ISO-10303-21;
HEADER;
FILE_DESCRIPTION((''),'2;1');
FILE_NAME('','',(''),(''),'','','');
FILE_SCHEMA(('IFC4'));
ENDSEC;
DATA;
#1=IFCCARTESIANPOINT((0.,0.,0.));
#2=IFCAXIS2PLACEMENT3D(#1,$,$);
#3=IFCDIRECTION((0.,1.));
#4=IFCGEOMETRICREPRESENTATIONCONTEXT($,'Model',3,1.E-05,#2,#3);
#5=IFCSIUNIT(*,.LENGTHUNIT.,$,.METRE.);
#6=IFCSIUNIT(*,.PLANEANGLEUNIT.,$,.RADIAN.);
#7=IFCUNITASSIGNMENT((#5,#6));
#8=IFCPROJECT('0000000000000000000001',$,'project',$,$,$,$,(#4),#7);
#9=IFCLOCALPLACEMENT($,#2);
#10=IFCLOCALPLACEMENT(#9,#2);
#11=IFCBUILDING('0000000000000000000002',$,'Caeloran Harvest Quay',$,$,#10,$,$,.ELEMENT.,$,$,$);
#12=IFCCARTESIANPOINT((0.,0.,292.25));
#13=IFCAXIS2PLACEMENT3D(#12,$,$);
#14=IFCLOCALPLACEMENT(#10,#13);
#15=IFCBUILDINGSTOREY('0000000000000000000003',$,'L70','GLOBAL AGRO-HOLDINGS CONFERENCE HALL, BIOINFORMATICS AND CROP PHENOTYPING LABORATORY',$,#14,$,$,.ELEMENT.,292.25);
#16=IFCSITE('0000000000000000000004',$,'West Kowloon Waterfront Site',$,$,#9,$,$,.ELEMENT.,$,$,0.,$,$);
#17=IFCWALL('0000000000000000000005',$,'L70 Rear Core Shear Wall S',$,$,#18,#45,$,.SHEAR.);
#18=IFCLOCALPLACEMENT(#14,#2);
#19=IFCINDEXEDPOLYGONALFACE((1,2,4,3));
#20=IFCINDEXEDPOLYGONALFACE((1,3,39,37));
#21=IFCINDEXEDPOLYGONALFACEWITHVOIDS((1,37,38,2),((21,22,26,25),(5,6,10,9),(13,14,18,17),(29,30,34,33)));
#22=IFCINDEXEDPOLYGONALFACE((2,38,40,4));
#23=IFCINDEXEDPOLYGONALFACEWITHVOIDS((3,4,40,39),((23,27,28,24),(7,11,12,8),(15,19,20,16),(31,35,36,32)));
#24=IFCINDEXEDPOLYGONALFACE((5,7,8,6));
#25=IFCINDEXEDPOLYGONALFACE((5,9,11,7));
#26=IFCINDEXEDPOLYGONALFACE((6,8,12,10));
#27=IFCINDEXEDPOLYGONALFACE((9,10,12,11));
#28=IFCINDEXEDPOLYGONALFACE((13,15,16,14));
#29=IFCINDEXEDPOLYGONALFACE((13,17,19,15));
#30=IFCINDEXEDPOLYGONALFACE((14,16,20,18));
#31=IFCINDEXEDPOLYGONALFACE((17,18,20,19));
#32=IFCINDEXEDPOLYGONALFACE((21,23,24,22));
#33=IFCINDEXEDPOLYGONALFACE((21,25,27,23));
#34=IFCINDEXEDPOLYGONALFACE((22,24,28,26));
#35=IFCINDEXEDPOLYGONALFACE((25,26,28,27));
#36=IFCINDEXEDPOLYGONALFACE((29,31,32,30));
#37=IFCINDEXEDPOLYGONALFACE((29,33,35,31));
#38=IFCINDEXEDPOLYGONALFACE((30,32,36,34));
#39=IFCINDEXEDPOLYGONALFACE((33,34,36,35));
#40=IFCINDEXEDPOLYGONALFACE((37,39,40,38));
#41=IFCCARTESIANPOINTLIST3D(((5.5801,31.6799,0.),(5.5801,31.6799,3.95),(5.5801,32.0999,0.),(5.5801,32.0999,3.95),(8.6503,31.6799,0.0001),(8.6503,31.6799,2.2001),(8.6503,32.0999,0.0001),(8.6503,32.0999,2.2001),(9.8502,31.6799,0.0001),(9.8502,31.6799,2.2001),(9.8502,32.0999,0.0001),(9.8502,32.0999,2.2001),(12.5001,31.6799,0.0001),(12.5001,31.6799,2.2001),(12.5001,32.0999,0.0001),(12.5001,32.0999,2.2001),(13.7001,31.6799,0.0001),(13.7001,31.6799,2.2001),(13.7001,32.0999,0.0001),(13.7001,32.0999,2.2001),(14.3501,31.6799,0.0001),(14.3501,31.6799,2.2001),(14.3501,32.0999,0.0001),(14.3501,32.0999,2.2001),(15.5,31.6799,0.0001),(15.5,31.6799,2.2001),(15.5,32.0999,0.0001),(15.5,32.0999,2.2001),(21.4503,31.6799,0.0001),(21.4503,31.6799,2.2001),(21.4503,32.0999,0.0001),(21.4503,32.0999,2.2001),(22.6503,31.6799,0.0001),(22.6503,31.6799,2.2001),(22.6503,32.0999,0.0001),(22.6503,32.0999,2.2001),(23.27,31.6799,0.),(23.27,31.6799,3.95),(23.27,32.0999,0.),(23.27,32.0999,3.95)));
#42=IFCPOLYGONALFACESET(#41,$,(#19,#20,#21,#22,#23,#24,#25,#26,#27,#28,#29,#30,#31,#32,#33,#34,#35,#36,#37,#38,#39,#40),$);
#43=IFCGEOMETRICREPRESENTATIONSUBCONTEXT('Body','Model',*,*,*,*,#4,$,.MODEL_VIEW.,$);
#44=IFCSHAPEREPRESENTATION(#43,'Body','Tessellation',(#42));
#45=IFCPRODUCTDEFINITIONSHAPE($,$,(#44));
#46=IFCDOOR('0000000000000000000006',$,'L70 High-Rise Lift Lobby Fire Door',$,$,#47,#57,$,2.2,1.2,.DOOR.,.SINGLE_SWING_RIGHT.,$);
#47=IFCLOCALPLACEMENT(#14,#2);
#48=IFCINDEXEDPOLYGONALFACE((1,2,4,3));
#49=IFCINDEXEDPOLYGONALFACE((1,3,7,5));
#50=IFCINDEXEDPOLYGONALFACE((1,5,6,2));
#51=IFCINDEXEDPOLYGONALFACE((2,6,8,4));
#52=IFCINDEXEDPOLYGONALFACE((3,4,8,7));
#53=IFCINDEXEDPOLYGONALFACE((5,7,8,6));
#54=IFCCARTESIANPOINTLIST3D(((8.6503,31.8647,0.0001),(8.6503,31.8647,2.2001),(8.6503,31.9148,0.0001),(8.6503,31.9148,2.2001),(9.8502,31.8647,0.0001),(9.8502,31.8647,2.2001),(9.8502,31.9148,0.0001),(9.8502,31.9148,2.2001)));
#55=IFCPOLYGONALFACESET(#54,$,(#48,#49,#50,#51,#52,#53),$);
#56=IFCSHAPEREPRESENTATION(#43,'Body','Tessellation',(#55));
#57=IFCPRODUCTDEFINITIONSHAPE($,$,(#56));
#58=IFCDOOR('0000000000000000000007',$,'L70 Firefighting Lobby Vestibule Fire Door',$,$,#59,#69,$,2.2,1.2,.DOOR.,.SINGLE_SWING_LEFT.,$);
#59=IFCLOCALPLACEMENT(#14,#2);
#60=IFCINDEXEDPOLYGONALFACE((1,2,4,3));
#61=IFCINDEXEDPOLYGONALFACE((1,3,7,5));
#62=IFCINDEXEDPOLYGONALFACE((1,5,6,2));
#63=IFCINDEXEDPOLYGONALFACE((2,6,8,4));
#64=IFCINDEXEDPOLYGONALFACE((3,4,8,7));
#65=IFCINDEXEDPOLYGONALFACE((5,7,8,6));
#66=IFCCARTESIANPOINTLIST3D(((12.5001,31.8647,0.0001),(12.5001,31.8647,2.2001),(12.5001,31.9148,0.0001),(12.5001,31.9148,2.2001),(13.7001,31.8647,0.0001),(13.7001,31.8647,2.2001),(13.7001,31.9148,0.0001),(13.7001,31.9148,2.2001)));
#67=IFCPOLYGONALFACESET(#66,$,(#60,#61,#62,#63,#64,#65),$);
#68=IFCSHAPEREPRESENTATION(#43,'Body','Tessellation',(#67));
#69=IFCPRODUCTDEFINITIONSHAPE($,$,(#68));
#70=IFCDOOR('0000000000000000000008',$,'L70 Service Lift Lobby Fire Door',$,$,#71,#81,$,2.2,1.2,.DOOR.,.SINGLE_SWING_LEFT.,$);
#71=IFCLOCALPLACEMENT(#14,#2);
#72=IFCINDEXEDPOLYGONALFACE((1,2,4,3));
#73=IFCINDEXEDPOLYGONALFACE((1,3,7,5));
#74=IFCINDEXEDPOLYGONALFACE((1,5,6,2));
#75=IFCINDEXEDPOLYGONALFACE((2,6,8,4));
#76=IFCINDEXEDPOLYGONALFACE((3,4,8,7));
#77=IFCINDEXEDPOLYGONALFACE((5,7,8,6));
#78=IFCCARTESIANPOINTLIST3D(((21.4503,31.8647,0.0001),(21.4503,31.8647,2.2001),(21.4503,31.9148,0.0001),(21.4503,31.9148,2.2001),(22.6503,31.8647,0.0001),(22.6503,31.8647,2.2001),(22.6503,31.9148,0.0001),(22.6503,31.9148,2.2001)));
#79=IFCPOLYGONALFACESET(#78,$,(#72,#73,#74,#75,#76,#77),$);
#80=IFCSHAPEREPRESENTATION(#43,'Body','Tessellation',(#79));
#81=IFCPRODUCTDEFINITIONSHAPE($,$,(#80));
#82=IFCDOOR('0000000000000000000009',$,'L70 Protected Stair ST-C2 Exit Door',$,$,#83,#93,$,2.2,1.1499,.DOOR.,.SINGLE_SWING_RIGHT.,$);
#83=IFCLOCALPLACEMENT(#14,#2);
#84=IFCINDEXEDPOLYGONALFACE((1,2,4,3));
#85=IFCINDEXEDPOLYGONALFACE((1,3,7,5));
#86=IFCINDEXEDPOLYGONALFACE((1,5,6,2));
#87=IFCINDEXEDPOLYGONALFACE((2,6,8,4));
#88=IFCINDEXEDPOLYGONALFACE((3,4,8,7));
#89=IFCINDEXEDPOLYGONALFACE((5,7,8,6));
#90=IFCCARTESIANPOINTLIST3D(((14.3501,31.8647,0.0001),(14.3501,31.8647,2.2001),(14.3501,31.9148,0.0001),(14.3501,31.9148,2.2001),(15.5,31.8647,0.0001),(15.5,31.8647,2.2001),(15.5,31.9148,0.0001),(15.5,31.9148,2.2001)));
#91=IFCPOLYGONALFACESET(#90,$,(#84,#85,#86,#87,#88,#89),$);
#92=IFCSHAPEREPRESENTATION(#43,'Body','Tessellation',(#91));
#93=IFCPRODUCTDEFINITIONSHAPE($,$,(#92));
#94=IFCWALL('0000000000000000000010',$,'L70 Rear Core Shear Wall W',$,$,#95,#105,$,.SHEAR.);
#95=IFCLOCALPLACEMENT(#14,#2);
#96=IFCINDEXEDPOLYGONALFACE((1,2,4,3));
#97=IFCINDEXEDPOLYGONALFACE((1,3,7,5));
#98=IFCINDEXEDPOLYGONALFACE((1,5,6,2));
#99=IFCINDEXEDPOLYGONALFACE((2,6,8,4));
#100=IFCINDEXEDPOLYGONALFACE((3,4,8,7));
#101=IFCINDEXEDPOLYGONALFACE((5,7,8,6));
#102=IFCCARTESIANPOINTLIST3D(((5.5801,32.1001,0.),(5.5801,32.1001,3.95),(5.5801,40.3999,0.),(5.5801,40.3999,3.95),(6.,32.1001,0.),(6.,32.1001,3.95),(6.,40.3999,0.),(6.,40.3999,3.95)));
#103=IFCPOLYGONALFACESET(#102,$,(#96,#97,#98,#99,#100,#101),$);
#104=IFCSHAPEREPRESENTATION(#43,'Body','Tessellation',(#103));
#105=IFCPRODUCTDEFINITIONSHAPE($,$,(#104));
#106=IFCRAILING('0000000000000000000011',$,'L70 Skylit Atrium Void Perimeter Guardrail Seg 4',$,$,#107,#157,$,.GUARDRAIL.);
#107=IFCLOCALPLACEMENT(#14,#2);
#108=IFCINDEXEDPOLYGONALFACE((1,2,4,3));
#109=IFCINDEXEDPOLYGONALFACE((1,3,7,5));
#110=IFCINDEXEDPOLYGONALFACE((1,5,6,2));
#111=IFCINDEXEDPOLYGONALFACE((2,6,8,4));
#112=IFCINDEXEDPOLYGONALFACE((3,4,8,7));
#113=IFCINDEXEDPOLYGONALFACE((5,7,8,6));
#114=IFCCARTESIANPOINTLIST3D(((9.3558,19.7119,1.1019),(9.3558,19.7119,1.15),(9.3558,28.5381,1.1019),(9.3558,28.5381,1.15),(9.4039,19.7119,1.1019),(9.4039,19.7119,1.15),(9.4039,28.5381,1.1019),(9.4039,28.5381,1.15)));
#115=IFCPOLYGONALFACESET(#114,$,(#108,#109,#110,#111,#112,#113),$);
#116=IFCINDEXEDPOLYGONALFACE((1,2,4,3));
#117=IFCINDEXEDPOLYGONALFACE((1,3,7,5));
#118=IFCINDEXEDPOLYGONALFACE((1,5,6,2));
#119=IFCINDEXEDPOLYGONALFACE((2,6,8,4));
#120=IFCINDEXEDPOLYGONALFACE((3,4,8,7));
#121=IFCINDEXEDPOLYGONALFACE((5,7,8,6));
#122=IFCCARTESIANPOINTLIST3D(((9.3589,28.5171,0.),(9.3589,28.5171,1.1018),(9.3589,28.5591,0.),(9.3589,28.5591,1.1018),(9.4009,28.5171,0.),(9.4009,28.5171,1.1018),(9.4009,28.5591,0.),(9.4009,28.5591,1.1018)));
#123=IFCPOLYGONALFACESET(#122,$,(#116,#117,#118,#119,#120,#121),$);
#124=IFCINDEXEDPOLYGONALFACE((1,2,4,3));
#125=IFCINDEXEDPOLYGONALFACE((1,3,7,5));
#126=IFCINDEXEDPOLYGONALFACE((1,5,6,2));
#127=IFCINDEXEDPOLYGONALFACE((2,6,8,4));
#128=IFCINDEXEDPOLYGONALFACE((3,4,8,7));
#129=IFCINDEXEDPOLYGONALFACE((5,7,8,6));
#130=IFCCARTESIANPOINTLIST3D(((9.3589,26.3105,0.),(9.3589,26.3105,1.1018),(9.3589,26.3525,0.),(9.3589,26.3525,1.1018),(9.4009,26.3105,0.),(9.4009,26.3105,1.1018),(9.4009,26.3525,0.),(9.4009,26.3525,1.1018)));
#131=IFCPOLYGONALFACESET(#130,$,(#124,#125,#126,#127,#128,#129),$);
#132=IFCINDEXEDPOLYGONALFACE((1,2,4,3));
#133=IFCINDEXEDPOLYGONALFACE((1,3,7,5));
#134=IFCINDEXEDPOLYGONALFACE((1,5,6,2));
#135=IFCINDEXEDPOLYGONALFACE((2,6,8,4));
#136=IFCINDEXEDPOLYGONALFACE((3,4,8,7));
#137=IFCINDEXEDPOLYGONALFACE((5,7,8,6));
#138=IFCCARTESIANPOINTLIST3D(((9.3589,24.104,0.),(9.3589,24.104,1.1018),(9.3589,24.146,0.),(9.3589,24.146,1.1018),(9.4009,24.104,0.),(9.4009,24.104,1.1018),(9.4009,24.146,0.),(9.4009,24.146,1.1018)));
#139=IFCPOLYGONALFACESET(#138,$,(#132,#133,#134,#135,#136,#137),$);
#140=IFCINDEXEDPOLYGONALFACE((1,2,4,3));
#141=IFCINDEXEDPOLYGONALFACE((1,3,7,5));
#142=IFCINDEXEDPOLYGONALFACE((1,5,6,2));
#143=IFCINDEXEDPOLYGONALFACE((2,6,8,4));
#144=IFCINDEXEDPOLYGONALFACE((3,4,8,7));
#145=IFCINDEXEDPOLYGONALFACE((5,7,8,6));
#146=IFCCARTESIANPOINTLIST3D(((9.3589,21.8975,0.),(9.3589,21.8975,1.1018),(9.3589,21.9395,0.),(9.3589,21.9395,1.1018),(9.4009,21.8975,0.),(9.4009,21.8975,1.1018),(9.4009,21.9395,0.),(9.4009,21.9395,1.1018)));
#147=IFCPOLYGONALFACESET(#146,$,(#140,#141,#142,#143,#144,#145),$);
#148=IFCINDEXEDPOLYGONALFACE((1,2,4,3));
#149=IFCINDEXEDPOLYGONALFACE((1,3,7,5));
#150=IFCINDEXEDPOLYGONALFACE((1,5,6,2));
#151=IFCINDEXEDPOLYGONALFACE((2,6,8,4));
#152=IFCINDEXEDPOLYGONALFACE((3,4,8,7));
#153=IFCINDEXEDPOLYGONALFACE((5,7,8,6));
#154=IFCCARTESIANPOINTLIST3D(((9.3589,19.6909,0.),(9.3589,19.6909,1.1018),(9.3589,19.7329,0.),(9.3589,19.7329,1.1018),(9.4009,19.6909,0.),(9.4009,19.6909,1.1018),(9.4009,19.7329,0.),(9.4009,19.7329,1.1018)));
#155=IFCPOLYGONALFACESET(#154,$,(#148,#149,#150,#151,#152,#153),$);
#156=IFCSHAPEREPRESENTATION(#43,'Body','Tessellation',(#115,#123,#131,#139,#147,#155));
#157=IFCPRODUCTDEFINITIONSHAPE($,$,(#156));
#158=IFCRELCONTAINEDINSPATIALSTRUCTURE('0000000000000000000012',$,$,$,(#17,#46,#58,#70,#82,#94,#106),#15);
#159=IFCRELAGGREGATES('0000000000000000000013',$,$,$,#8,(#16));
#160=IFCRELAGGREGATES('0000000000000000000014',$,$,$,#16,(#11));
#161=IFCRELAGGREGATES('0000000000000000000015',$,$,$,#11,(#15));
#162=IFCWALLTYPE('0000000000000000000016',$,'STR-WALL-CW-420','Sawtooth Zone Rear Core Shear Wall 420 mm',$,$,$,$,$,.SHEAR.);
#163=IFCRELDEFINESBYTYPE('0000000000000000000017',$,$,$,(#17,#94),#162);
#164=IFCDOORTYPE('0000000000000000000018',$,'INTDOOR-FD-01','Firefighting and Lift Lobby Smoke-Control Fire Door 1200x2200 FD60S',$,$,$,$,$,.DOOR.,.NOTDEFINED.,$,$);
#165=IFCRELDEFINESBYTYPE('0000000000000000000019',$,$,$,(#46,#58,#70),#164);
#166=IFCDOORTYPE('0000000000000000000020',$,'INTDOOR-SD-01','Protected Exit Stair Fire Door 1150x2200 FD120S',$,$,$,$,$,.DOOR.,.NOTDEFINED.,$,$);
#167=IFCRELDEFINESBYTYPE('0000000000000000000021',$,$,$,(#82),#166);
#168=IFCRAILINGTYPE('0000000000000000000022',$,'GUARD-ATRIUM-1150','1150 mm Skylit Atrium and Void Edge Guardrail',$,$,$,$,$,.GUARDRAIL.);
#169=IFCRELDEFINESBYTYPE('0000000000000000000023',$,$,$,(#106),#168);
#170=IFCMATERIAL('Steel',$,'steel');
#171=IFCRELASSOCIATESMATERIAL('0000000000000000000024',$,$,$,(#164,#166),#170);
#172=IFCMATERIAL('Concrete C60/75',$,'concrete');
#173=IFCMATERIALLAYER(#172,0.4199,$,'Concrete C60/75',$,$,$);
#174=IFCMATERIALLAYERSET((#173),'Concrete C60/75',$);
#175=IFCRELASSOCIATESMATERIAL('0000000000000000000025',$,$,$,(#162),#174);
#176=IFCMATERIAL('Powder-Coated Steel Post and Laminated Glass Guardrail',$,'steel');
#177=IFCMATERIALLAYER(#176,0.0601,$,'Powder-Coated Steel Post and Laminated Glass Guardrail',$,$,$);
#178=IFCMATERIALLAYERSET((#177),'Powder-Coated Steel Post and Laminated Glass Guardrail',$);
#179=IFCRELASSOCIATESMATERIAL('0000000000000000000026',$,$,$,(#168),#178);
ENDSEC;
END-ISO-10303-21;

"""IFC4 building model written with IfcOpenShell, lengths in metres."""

from ifc_helpers import new_model, si_unit, direction, frame, frame_2d, origin, origin_2d, place, context, subcontext, project, spatial, rectangle, extrude, material, layer, layer_set, type_object, element, fill, save


model = new_model("IFC4")

# Units and contexts
model_context = context("Model", 3, precision=1e-05, world=origin(), true_north=direction((0.0, 1.0)))
body_context = subcontext(model_context, "Body", "Model", "MODEL_VIEW")
ifc_project = project(units=[si_unit("LENGTHUNIT", "METRE"), si_unit("PLANEANGLEUNIT", "RADIAN")], contexts=[model_context])

# Site, building, storey
site_placement = place(None, origin())
site = spatial("IfcSite", under=ifc_project, at=site_placement, Name="West Kowloon Waterfront Site", CompositionType="ELEMENT", RefElevation=0.0)
building_placement = place(site_placement, origin())
building = spatial("IfcBuilding", under=site, at=building_placement, Name="Caeloran Harvest Quay", CompositionType="ELEMENT")
storey_placement = place(building_placement, frame((0.0, 0.0, 292.25)))
storey = spatial("IfcBuildingStorey", under=building, at=storey_placement, Name="L70", Description="GLOBAL AGRO-HOLDINGS CONFERENCE HALL, BIOINFORMATICS AND CROP PHENOTYPING LABORATORY", CompositionType="ELEMENT", Elevation=292.25)

# Shared definitions
ifc_material_1 = material(Name="Concrete C60/75", Category="concrete")

# Shared definitions
ifc_material_2 = material(Name="Steel", Category="steel")
door_type_1 = type_object("IfcDoorType", Name="INTDOOR-FD-01", Description="Firefighting and Lift Lobby Smoke-Control Fire Door 1200x2200 FD60S", OperationType="NOTDEFINED", PredefinedType="DOOR", material=ifc_material_2)

# Wall, openings, doors
ifc_layer_1 = layer(ifc_material_1, 0.4199, Name="Concrete C60/75")
ifc_layer_set_1 = layer_set([ifc_layer_1], Name="Concrete C60/75")
wall_type_1 = type_object("IfcWallType", Name="STR-WALL-CW-420", Description="Sawtooth Zone Rear Core Shear Wall 420 mm", PredefinedType="SHEAR", material=ifc_layer_set_1)
wall_1_placement = place(storey_placement, frame((5.5801, 31.8899, 0.0), z_axis=(0.0, 0.0, 1.0), x_axis=(1.0, 0.0, 0.0)))
wall_1 = element("IfcWall", 1, at=wall_1_placement, inside=storey, type_object=wall_type_1, Name="L70 Rear Core Shear Wall S", PredefinedType="SHEAR", context=body_context, shape_type="SweptSolid", body=[
    extrude(rectangle(XDim=17.6899, YDim=0.4199, at=frame_2d((8.845, 0.0))), origin(), (0.0, 0.0, 1.0), 3.95),
])
opening_1_placement = place(wall_1_placement, frame((3.0701, 0.0, 0.0)))
opening_1 = element("IfcOpeningElement", 2, at=opening_1_placement, cuts=wall_1, PredefinedType="OPENING", context=body_context, shape_type="SweptSolid", body=[
    extrude(rectangle(XDim=1.2, YDim=2.2, at=frame_2d((0.6001, 1.1001))), frame((0.0, 0.22, 0.0), z_axis=(0.0, -1.0, 0.0), x_axis=(1.0, 0.0, 0.0)), (0.0, 0.0, 1.0), 0.4399),
])
opening_2_placement = place(wall_1_placement, frame((6.9199, 0.0, 0.0)))
opening_2 = element("IfcOpeningElement", 3, at=opening_2_placement, cuts=wall_1, PredefinedType="OPENING", context=body_context, shape_type="SweptSolid", body=[
    extrude(rectangle(XDim=1.2, YDim=2.2, at=frame_2d((0.6001, 1.1001))), frame((0.0, 0.22, 0.0), z_axis=(0.0, -1.0, 0.0), x_axis=(1.0, 0.0, 0.0)), (0.0, 0.0, 1.0), 0.4399),
])
opening_3_placement = place(wall_1_placement, frame((8.77, 0.0, 0.0)))
opening_3 = element("IfcOpeningElement", 4, at=opening_3_placement, cuts=wall_1, PredefinedType="OPENING", context=body_context, shape_type="SweptSolid", body=[
    extrude(rectangle(XDim=1.1499, YDim=2.2, at=frame_2d((0.575, 1.1001))), frame((0.0, 0.22, 0.0), z_axis=(0.0, -1.0, 0.0), x_axis=(1.0, 0.0, 0.0)), (0.0, 0.0, 1.0), 0.4399),
])
opening_4_placement = place(wall_1_placement, frame((15.8701, 0.0, 0.0)))
opening_4 = element("IfcOpeningElement", 5, at=opening_4_placement, cuts=wall_1, PredefinedType="OPENING", context=body_context, shape_type="SweptSolid", body=[
    extrude(rectangle(XDim=1.2, YDim=2.2, at=frame_2d((0.6001, 1.1001))), frame((0.0, 0.22, 0.0), z_axis=(0.0, -1.0, 0.0), x_axis=(1.0, 0.0, 0.0)), (0.0, 0.0, 1.0), 0.4399),
])
door_1_placement = place(opening_1_placement, origin())
door_1 = element("IfcDoor", 6, at=door_1_placement, inside=storey, type_object=door_type_1, Name="L70 High-Rise Lift Lobby Fire Door", OperationType="SINGLE_SWING_RIGHT", OverallHeight=2.2, OverallWidth=1.2, PredefinedType="DOOR", context=body_context, shape_type="SweptSolid", body=[
    extrude(rectangle(XDim=1.2, YDim=2.2, at=frame_2d((0.6001, 1.1001))), frame((0.0, 0.0249, 0.0), z_axis=(0.0, -1.0, 0.0), x_axis=(1.0, 0.0, 0.0)), (0.0, 0.0, 1.0), 0.05),
])
fill(opening_1, door_1)
door_2_placement = place(opening_2_placement, origin())
door_2 = element("IfcDoor", 7, at=door_2_placement, inside=storey, type_object=door_type_1, Name="L70 Firefighting Lobby Vestibule Fire Door", OperationType="SINGLE_SWING_LEFT", OverallHeight=2.2, OverallWidth=1.2, PredefinedType="DOOR", context=body_context, shape_type="SweptSolid", body=[
    extrude(rectangle(XDim=1.2, YDim=2.2, at=frame_2d((0.6001, 1.1001))), frame((0.0, 0.0249, 0.0), z_axis=(0.0, -1.0, 0.0), x_axis=(1.0, 0.0, 0.0)), (0.0, 0.0, 1.0), 0.05),
])
fill(opening_2, door_2)
door_3_placement = place(opening_4_placement, origin())
door_3 = element("IfcDoor", 8, at=door_3_placement, inside=storey, type_object=door_type_1, Name="L70 Service Lift Lobby Fire Door", OperationType="SINGLE_SWING_LEFT", OverallHeight=2.2, OverallWidth=1.2, PredefinedType="DOOR", context=body_context, shape_type="SweptSolid", body=[
    extrude(rectangle(XDim=1.2, YDim=2.2, at=frame_2d((0.6001, 1.1001))), frame((0.0, 0.0249, 0.0), z_axis=(0.0, -1.0, 0.0), x_axis=(1.0, 0.0, 0.0)), (0.0, 0.0, 1.0), 0.05),
])
fill(opening_4, door_3)
door_type_2 = type_object("IfcDoorType", Name="INTDOOR-SD-01", Description="Protected Exit Stair Fire Door 1150x2200 FD120S", OperationType="NOTDEFINED", PredefinedType="DOOR", material=ifc_material_2)
door_4_placement = place(opening_3_placement, origin())
door_4 = element("IfcDoor", 9, at=door_4_placement, inside=storey, type_object=door_type_2, Name="L70 Protected Stair ST-C2 Exit Door", OperationType="SINGLE_SWING_RIGHT", OverallHeight=2.2, OverallWidth=1.1499, PredefinedType="DOOR", context=body_context, shape_type="SweptSolid", body=[
    extrude(rectangle(XDim=1.1499, YDim=2.2, at=frame_2d((0.575, 1.1001))), frame((0.0, 0.0249, 0.0), z_axis=(0.0, -1.0, 0.0), x_axis=(1.0, 0.0, 0.0)), (0.0, 0.0, 1.0), 0.05),
])
fill(opening_3, door_4)

# Wall
wall_2_placement = place(storey_placement, frame((5.79, 32.1001, 0.0), z_axis=(0.0, 0.0, 1.0), x_axis=(0.0, 1.0, 0.0)))
element("IfcWall", 10, at=wall_2_placement, inside=storey, type_object=wall_type_1, Name="L70 Rear Core Shear Wall W", PredefinedType="SHEAR", context=body_context, shape_type="SweptSolid", body=[
    extrude(rectangle(XDim=8.2998, YDim=0.4199, at=frame_2d((4.1499, 0.0))), origin(), (0.0, 0.0, 1.0), 3.95),
])

# Railing
ifc_material_3 = material(Name="Powder-Coated Steel Post and Laminated Glass Guardrail", Category="steel")
ifc_layer_2 = layer(ifc_material_3, 0.0601, Name="Powder-Coated Steel Post and Laminated Glass Guardrail")
ifc_layer_set_2 = layer_set([ifc_layer_2], Name="Powder-Coated Steel Post and Laminated Glass Guardrail")
railing_type = type_object("IfcRailingType", Name="GUARD-ATRIUM-1150", Description="1150 mm Skylit Atrium and Void Edge Guardrail", PredefinedType="GUARDRAIL", material=ifc_layer_set_2)
railing_placement = place(storey_placement, frame((9.3799, 28.5381, 0.0)))
element("IfcRailing", 11, at=railing_placement, inside=storey, type_object=railing_type, Name="L70 Skylit Atrium Void Perimeter Guardrail Seg 4", PredefinedType="GUARDRAIL", context=body_context, shape_type="SweptSolid", body=[
    extrude(rectangle(XDim=0.0481, YDim=0.0481, at=origin_2d()), frame((0.0, 0.0, 1.126), z_axis=(0.0, -1.0, 0.0), x_axis=(1.0, 0.0, 0.0)), (0.0, 0.0, 1.0), 8.8262),
    extrude(rectangle(XDim=0.042, YDim=0.042, at=origin_2d()), origin(), (0.0, 0.0, 1.0), 1.1018),
    extrude(rectangle(XDim=0.042, YDim=0.042, at=origin_2d()), frame((0.0, -2.2065, 0.0)), (0.0, 0.0, 1.0), 1.1018),
    extrude(rectangle(XDim=0.042, YDim=0.042, at=origin_2d()), frame((0.0, -4.4131, 0.0)), (0.0, 0.0, 1.0), 1.1018),
    extrude(rectangle(XDim=0.042, YDim=0.042, at=origin_2d()), frame((0.0, -6.6196, 0.0)), (0.0, 0.0, 1.0), 1.1018),
    extrude(rectangle(XDim=0.042, YDim=0.042, at=origin_2d()), frame((0.0, -8.8262, 0.0)), (0.0, 0.0, 1.0), 1.1018),
])

save(model, "model.ifc")
